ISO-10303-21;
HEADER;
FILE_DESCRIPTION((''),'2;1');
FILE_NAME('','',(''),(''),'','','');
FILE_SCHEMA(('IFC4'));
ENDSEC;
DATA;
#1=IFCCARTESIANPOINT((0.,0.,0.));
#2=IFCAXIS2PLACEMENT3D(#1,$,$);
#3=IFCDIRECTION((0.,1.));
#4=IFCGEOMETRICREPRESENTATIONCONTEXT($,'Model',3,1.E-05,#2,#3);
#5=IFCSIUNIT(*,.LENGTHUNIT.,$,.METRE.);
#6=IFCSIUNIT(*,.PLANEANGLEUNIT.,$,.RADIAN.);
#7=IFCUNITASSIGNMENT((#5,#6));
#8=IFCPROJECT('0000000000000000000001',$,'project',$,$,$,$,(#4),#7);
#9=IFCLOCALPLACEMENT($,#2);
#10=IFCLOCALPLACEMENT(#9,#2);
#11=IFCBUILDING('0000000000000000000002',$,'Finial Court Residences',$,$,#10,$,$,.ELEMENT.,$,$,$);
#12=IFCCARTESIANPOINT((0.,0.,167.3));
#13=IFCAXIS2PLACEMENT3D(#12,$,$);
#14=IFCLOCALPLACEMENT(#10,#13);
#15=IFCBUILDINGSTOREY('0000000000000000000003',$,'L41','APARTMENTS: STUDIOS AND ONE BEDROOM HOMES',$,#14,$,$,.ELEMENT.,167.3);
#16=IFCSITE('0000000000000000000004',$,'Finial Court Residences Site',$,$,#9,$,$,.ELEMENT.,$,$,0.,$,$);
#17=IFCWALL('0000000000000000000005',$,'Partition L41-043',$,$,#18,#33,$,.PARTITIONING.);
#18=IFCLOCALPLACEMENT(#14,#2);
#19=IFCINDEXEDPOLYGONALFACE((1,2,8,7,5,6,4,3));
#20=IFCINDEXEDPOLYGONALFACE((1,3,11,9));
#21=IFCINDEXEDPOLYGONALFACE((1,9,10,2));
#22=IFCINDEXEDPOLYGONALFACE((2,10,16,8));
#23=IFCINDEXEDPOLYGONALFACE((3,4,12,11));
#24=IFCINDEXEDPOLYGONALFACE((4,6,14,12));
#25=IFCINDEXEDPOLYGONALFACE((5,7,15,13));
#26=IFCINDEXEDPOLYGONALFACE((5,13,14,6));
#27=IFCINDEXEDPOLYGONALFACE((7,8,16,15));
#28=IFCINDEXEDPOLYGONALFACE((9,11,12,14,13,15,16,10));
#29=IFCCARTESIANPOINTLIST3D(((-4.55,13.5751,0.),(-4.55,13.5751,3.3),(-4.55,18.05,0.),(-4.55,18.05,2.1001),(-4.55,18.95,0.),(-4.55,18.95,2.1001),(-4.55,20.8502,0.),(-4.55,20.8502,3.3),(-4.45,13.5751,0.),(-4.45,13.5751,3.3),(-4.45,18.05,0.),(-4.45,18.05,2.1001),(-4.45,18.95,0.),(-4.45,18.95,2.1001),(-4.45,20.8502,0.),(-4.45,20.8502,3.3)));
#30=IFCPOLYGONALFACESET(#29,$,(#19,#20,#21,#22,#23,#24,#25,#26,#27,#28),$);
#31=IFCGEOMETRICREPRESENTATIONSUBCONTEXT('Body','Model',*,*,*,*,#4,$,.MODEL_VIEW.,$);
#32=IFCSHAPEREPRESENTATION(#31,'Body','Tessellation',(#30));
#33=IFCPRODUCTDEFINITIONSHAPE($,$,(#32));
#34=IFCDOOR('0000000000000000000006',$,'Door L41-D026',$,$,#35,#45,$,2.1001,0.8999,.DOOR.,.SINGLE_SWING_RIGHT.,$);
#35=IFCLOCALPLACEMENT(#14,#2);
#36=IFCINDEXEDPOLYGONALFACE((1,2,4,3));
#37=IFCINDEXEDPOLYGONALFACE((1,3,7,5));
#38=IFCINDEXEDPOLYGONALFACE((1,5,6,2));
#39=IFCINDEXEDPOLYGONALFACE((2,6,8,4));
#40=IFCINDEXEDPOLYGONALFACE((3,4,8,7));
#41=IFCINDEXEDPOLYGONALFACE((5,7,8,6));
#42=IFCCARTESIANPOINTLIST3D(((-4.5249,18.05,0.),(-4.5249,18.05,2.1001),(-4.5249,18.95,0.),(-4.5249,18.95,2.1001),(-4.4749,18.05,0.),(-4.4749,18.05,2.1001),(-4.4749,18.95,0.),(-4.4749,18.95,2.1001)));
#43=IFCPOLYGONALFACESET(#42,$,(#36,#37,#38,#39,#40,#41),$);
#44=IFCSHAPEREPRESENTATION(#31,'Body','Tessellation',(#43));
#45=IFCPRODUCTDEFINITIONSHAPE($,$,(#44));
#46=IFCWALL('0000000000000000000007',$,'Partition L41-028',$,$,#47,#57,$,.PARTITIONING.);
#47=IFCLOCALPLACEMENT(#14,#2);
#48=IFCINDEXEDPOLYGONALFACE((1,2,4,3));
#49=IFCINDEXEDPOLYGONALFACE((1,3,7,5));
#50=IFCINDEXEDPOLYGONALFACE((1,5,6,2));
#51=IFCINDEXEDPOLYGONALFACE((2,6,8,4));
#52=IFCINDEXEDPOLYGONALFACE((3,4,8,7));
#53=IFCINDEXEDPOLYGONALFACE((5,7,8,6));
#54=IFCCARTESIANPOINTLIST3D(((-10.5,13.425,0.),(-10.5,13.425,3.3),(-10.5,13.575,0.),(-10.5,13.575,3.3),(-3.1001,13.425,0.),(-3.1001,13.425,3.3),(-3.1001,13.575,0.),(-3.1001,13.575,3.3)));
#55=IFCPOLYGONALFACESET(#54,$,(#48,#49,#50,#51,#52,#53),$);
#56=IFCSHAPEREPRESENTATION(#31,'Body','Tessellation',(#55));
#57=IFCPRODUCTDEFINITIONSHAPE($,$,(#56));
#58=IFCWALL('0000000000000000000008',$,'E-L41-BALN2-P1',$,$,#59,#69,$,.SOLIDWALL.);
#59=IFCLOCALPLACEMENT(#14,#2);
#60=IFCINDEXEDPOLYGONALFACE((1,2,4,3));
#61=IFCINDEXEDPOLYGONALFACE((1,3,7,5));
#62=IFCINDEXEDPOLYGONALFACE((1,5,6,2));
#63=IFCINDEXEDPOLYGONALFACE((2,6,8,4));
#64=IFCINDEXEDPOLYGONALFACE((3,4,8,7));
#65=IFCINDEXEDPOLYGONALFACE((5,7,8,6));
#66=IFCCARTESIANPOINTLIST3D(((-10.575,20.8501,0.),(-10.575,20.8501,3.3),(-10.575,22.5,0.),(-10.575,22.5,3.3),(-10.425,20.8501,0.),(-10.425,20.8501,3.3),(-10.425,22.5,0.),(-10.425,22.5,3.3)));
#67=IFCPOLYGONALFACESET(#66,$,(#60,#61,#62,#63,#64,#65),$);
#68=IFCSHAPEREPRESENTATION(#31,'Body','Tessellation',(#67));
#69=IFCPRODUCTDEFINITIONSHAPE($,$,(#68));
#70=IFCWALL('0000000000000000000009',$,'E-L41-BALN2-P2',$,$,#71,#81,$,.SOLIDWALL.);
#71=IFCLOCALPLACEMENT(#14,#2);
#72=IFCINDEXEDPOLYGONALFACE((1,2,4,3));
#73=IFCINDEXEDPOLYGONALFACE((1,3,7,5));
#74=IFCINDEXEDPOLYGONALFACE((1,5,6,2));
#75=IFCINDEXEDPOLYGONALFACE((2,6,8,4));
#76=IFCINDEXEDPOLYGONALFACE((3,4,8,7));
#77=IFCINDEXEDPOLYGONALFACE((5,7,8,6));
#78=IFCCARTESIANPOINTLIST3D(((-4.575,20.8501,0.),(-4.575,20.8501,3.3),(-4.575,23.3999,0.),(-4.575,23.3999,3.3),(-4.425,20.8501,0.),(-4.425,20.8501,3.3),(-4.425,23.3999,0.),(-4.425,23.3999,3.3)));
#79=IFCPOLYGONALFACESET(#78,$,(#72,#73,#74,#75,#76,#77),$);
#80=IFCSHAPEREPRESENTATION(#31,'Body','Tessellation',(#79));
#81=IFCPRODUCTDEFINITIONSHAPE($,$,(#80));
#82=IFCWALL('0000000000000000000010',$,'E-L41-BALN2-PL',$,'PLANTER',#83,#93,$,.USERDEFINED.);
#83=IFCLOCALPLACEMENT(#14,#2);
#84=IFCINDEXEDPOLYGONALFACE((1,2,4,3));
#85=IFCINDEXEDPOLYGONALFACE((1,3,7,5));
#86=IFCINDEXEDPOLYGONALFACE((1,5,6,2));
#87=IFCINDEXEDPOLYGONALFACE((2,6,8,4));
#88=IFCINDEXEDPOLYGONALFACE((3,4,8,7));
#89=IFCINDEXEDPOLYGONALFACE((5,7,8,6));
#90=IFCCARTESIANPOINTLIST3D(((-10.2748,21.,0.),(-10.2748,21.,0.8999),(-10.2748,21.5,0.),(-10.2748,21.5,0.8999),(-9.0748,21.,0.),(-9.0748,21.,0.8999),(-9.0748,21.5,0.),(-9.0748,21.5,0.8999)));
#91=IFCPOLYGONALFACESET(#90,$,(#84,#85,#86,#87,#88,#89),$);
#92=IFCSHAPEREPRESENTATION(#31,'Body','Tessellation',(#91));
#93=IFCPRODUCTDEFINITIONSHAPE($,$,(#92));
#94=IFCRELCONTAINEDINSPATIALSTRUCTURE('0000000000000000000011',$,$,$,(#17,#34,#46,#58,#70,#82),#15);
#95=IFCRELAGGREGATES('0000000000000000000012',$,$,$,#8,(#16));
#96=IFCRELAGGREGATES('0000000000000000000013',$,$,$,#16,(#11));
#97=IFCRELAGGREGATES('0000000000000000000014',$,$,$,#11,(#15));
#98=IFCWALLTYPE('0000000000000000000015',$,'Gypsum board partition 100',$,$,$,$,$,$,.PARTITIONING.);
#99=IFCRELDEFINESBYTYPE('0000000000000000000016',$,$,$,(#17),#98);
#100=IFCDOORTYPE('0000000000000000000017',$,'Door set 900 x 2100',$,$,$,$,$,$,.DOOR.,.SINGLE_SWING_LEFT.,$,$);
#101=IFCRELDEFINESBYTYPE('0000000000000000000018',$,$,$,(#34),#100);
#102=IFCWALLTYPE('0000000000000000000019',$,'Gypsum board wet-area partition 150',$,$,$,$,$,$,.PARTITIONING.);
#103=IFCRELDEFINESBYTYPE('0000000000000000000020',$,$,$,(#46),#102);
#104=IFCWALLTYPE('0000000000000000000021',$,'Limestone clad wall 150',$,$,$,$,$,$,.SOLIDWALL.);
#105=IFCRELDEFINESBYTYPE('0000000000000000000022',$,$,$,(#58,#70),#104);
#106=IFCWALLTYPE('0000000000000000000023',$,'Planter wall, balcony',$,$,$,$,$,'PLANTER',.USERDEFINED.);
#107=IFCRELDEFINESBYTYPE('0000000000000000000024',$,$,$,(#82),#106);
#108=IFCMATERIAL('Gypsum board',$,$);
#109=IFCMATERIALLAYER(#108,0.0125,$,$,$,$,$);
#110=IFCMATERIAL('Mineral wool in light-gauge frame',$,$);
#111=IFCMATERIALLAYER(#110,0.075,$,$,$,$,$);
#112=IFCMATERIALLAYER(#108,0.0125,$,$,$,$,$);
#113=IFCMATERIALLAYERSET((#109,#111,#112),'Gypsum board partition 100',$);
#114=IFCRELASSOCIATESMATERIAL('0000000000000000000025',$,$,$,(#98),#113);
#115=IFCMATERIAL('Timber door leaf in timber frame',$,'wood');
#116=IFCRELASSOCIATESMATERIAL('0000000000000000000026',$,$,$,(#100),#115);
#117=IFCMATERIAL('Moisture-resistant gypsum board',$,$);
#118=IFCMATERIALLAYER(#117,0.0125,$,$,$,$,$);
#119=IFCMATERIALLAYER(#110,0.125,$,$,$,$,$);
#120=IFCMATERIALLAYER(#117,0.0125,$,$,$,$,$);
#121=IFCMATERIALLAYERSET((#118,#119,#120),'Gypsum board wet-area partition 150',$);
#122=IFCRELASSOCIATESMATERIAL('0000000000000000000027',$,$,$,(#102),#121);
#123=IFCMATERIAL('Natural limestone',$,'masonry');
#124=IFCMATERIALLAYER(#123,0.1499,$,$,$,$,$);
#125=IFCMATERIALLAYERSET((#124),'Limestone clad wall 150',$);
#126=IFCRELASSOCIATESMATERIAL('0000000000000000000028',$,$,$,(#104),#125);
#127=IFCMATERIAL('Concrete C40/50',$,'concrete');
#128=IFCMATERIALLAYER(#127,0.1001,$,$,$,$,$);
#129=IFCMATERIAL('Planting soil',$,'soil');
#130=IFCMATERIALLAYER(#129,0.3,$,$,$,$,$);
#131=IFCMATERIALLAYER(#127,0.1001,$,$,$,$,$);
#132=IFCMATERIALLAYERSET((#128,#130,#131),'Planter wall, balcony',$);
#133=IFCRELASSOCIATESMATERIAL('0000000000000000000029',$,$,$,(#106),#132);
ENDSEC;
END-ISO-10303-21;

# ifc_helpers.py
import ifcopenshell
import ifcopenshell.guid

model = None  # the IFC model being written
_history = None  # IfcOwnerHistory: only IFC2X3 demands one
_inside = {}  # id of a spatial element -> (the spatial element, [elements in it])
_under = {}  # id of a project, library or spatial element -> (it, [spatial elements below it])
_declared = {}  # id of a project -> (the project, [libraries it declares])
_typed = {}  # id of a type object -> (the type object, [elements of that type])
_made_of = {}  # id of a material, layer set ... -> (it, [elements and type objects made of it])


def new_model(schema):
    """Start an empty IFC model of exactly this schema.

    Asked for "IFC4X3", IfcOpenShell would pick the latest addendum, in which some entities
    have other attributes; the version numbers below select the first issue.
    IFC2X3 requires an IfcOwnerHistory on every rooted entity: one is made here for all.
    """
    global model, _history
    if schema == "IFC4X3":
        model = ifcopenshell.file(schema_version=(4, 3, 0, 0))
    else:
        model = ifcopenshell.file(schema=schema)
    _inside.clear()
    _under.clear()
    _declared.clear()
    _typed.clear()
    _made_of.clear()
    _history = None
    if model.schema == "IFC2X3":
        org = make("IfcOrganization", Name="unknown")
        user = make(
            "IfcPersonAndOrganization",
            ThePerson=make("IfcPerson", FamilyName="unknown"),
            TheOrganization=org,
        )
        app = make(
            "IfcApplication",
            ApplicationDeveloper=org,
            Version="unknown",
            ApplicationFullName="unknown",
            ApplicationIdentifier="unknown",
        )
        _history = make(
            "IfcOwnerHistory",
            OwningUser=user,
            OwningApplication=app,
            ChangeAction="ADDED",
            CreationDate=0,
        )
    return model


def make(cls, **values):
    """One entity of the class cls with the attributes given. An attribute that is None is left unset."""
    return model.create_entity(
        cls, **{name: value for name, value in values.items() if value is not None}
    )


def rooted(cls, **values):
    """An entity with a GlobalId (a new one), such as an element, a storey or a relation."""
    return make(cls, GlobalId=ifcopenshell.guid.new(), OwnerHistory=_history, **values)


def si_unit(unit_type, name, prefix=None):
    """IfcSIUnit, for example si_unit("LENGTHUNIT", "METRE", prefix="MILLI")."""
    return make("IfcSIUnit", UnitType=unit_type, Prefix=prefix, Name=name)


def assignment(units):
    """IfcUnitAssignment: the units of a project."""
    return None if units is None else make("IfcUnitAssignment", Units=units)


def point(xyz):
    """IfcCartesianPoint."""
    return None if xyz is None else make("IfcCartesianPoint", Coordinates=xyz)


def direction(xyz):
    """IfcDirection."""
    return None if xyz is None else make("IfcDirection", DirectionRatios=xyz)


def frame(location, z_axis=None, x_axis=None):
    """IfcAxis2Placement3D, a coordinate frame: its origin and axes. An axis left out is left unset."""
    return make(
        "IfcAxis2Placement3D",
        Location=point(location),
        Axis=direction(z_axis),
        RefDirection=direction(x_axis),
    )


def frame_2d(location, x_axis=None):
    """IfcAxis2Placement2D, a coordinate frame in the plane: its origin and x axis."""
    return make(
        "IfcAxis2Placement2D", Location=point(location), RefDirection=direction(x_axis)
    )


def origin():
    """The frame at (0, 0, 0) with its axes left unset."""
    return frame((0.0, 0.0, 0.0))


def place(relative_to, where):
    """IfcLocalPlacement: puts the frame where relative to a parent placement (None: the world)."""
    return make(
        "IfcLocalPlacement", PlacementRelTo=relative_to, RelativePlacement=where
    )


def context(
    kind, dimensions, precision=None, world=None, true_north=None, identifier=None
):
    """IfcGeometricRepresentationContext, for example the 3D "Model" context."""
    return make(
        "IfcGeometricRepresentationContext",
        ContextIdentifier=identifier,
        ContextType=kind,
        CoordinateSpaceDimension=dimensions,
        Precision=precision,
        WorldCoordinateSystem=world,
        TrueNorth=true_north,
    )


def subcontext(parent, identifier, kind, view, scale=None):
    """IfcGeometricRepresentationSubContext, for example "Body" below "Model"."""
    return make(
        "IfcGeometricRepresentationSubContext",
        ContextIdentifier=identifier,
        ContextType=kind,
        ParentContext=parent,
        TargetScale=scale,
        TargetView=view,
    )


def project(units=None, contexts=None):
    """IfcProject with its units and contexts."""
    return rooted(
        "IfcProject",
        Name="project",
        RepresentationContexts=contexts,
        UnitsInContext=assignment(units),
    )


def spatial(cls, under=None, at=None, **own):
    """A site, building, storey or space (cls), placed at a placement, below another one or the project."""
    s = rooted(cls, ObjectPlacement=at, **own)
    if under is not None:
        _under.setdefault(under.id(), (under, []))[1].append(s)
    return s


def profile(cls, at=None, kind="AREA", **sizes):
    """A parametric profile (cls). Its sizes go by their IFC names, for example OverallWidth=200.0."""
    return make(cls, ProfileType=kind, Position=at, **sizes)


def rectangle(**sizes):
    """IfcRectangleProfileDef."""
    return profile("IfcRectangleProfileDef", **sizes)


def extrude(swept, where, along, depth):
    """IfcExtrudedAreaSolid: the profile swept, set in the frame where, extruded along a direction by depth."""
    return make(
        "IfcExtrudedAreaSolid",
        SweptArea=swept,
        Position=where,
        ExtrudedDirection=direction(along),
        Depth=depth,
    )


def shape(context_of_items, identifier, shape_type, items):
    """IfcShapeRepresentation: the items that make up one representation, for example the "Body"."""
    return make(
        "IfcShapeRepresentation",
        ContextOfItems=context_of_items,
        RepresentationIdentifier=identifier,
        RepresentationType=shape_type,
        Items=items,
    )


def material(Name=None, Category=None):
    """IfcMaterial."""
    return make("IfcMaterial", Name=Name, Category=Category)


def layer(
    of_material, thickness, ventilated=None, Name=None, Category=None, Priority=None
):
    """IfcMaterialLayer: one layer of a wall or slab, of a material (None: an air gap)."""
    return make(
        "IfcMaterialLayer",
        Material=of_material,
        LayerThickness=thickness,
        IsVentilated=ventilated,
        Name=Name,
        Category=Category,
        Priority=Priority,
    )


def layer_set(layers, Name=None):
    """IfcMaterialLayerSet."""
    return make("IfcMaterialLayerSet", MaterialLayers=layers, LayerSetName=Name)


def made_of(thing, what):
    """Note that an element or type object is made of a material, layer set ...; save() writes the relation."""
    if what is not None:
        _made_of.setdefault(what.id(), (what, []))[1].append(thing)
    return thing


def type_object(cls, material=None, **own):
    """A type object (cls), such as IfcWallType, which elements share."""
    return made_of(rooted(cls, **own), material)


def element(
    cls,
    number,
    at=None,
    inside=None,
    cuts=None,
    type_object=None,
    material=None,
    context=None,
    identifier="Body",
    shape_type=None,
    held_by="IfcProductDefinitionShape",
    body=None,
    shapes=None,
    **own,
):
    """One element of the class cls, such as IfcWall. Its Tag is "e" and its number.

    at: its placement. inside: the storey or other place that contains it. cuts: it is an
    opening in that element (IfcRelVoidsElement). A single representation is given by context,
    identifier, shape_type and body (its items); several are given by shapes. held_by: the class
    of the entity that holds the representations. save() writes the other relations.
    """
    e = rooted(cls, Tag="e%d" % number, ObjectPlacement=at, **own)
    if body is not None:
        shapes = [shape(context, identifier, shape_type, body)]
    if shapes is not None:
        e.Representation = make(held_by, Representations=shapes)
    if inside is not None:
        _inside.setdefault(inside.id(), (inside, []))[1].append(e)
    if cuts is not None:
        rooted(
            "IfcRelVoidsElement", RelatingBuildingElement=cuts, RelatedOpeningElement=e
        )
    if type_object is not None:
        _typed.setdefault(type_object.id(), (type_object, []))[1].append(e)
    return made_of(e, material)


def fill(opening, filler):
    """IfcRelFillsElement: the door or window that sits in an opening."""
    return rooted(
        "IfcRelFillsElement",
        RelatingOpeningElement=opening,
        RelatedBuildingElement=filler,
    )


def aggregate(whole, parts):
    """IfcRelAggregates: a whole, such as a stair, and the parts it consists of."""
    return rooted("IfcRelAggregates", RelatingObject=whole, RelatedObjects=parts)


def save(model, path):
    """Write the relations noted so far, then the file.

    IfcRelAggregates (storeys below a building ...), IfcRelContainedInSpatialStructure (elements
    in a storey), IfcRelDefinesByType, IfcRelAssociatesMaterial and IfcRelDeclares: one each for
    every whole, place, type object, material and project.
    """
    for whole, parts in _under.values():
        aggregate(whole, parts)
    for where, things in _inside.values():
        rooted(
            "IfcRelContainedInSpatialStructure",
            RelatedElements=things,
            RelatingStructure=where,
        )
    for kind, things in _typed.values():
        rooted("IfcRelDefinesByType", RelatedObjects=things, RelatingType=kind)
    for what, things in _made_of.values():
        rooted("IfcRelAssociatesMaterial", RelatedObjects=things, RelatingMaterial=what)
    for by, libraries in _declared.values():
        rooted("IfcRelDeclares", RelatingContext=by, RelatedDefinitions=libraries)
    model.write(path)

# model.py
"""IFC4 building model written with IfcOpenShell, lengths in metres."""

from ifc_helpers import new_model, si_unit, direction, frame, frame_2d, origin, place, context, subcontext, project, spatial, rectangle, extrude, material, layer, layer_set, type_object, element, fill, save


model = new_model("IFC4")

# Units and contexts
model_context = context("Model", 3, precision=1e-05, world=origin(), true_north=direction((0.0, 1.0)))
body_context = subcontext(model_context, "Body", "Model", "MODEL_VIEW")
ifc_project = project(units=[si_unit("LENGTHUNIT", "METRE"), si_unit("PLANEANGLEUNIT", "RADIAN")], contexts=[model_context])

# Site, building, storey
site_placement = place(None, origin())
site = spatial("IfcSite", under=ifc_project, at=site_placement, Name="Finial Court Residences Site", CompositionType="ELEMENT", RefElevation=0.0)
building_placement = place(site_placement, origin())
building = spatial("IfcBuilding", under=site, at=building_placement, Name="Finial Court Residences", CompositionType="ELEMENT")
storey_placement = place(building_placement, frame((0.0, 0.0, 167.3)))
storey = spatial("IfcBuildingStorey", under=building, at=storey_placement, Name="L41", Description="APARTMENTS: STUDIOS AND ONE BEDROOM HOMES", CompositionType="ELEMENT", Elevation=167.3)

# Shared definitions
ifc_material_1 = material(Name="Gypsum board")
ifc_layer_1 = layer(ifc_material_1, 0.0125)
ifc_material_2 = material(Name="Mineral wool in light-gauge frame")
ifc_layer_2 = layer(ifc_material_2, 0.075)
ifc_layer_3 = layer(ifc_material_1, 0.0125)
ifc_layer_set_1 = layer_set([ifc_layer_1, ifc_layer_2, ifc_layer_3], Name="Gypsum board partition 100")
wall_type_1 = type_object("IfcWallType", Name="Gypsum board partition 100", PredefinedType="PARTITIONING", material=ifc_layer_set_1)

# Wall, opening, door
ifc_material_3 = material(Name="Timber door leaf in timber frame", Category="wood")
door_type_1 = type_object("IfcDoorType", Name="Door set 900 x 2100", OperationType="SINGLE_SWING_LEFT", PredefinedType="DOOR", material=ifc_material_3)
wall_1_placement = place(storey_placement, frame((-4.5, 13.575, 0.0), z_axis=(0.0, 0.0, 1.0), x_axis=(0.0, 1.0, 0.0)))
wall_1 = element("IfcWall", 1, at=wall_1_placement, inside=storey, type_object=wall_type_1, Name="Partition L41-043", PredefinedType="PARTITIONING", context=body_context, shape_type="SweptSolid", body=[
    extrude(rectangle(XDim=7.2751, YDim=0.1001, at=frame_2d((3.6377, 0.0))), origin(), (0.0, 0.0, 1.0), 3.3),
])
opening_1_placement = place(wall_1_placement, frame((4.4751, 0.0, 0.0)))
opening_1 = element("IfcOpeningElement", 2, at=opening_1_placement, cuts=wall_1, PredefinedType="OPENING", context=body_context, shape_type="SweptSolid", body=[
    extrude(rectangle(XDim=0.8999, YDim=2.1001, at=frame_2d((0.45, 1.05))), frame((0.0, 0.0601, 0.0), z_axis=(0.0, -1.0, 0.0), x_axis=(1.0, 0.0, 0.0)), (0.0, 0.0, 1.0), 0.1201),
])
door_1_placement = place(opening_1_placement, origin())
door_1 = element("IfcDoor", 3, at=door_1_placement, inside=storey, type_object=door_type_1, Name="Door L41-D026", OperationType="SINGLE_SWING_RIGHT", OverallHeight=2.1001, OverallWidth=0.8999, PredefinedType="DOOR", context=body_context, shape_type="SweptSolid", body=[
    extrude(rectangle(XDim=0.8999, YDim=2.1001, at=frame_2d((0.45, 1.05))), frame((0.0, 0.0249, 0.0), z_axis=(0.0, -1.0, 0.0), x_axis=(1.0, 0.0, 0.0)), (0.0, 0.0, 1.0), 0.05),
])
fill(opening_1, door_1)

# Walls
ifc_material_4 = material(Name="Moisture-resistant gypsum board")
ifc_layer_4 = layer(ifc_material_4, 0.0125)
ifc_layer_5 = layer(ifc_material_2, 0.125)
ifc_layer_6 = layer(ifc_material_4, 0.0125)
ifc_layer_set_2 = layer_set([ifc_layer_4, ifc_layer_5, ifc_layer_6], Name="Gypsum board wet-area partition 150")
wall_type_2 = type_object("IfcWallType", Name="Gypsum board wet-area partition 150", PredefinedType="PARTITIONING", material=ifc_layer_set_2)
wall_2_placement = place(storey_placement, frame((-10.5, 13.5, 0.0), z_axis=(0.0, 0.0, 1.0), x_axis=(1.0, 0.0, 0.0)))
element("IfcWall", 4, at=wall_2_placement, inside=storey, type_object=wall_type_2, Name="Partition L41-028", PredefinedType="PARTITIONING", context=body_context, shape_type="SweptSolid", body=[
    extrude(rectangle(XDim=7.3999, YDim=0.1499, at=frame_2d((3.7, 0.0))), origin(), (0.0, 0.0, 1.0), 3.3),
])
ifc_material_5 = material(Name="Natural limestone", Category="masonry")
ifc_layer_7 = layer(ifc_material_5, 0.1499)
ifc_layer_set_3 = layer_set([ifc_layer_7], Name="Limestone clad wall 150")
wall_type_3 = type_object("IfcWallType", Name="Limestone clad wall 150", PredefinedType="SOLIDWALL", material=ifc_layer_set_3)
wall_3_placement = place(storey_placement, frame((-10.5, 20.8501, 0.0), z_axis=(0.0, 0.0, 1.0), x_axis=(0.0, 1.0, 0.0)))
element("IfcWall", 5, at=wall_3_placement, inside=storey, type_object=wall_type_3, Name="E-L41-BALN2-P1", PredefinedType="SOLIDWALL", context=body_context, shape_type="SweptSolid", body=[
    extrude(rectangle(XDim=1.6499, YDim=0.1499, at=frame_2d((0.825, 0.0))), origin(), (0.0, 0.0, 1.0), 3.3),
])
wall_4_placement = place(storey_placement, frame((-4.5, 20.8501, 0.0), z_axis=(0.0, 0.0, 1.0), x_axis=(0.0, 1.0, 0.0)))
element("IfcWall", 6, at=wall_4_placement, inside=storey, type_object=wall_type_3, Name="E-L41-BALN2-P2", PredefinedType="SOLIDWALL", context=body_context, shape_type="SweptSolid", body=[
    extrude(rectangle(XDim=2.5498, YDim=0.1499, at=frame_2d((1.2749, 0.0))), origin(), (0.0, 0.0, 1.0), 3.3),
])

# Wall
ifc_material_6 = material(Name="Concrete C40/50", Category="concrete")
ifc_layer_8 = layer(ifc_material_6, 0.1001)
ifc_material_7 = material(Name="Planting soil", Category="soil")
ifc_layer_9 = layer(ifc_material_7, 0.3)
ifc_layer_10 = layer(ifc_material_6, 0.1001)
ifc_layer_set_4 = layer_set([ifc_layer_8, ifc_layer_9, ifc_layer_10], Name="Planter wall, balcony")
wall_type_4 = type_object("IfcWallType", Name="Planter wall, balcony", ElementType="PLANTER", PredefinedType="USERDEFINED", material=ifc_layer_set_4)
wall_5_placement = place(storey_placement, frame((-10.2749, 21.25, 0.0), z_axis=(0.0, 0.0, 1.0), x_axis=(1.0, 0.0, 0.0)))
element("IfcWall", 7, at=wall_5_placement, inside=storey, type_object=wall_type_4, Name="E-L41-BALN2-PL", ObjectType="PLANTER", PredefinedType="USERDEFINED", context=body_context, shape_type="SweptSolid", body=[
    extrude(rectangle(XDim=1.2, YDim=0.5, at=frame_2d((0.6001, 0.0))), origin(), (0.0, 0.0, 1.0), 0.8999),
])

save(model, "model.ifc")
